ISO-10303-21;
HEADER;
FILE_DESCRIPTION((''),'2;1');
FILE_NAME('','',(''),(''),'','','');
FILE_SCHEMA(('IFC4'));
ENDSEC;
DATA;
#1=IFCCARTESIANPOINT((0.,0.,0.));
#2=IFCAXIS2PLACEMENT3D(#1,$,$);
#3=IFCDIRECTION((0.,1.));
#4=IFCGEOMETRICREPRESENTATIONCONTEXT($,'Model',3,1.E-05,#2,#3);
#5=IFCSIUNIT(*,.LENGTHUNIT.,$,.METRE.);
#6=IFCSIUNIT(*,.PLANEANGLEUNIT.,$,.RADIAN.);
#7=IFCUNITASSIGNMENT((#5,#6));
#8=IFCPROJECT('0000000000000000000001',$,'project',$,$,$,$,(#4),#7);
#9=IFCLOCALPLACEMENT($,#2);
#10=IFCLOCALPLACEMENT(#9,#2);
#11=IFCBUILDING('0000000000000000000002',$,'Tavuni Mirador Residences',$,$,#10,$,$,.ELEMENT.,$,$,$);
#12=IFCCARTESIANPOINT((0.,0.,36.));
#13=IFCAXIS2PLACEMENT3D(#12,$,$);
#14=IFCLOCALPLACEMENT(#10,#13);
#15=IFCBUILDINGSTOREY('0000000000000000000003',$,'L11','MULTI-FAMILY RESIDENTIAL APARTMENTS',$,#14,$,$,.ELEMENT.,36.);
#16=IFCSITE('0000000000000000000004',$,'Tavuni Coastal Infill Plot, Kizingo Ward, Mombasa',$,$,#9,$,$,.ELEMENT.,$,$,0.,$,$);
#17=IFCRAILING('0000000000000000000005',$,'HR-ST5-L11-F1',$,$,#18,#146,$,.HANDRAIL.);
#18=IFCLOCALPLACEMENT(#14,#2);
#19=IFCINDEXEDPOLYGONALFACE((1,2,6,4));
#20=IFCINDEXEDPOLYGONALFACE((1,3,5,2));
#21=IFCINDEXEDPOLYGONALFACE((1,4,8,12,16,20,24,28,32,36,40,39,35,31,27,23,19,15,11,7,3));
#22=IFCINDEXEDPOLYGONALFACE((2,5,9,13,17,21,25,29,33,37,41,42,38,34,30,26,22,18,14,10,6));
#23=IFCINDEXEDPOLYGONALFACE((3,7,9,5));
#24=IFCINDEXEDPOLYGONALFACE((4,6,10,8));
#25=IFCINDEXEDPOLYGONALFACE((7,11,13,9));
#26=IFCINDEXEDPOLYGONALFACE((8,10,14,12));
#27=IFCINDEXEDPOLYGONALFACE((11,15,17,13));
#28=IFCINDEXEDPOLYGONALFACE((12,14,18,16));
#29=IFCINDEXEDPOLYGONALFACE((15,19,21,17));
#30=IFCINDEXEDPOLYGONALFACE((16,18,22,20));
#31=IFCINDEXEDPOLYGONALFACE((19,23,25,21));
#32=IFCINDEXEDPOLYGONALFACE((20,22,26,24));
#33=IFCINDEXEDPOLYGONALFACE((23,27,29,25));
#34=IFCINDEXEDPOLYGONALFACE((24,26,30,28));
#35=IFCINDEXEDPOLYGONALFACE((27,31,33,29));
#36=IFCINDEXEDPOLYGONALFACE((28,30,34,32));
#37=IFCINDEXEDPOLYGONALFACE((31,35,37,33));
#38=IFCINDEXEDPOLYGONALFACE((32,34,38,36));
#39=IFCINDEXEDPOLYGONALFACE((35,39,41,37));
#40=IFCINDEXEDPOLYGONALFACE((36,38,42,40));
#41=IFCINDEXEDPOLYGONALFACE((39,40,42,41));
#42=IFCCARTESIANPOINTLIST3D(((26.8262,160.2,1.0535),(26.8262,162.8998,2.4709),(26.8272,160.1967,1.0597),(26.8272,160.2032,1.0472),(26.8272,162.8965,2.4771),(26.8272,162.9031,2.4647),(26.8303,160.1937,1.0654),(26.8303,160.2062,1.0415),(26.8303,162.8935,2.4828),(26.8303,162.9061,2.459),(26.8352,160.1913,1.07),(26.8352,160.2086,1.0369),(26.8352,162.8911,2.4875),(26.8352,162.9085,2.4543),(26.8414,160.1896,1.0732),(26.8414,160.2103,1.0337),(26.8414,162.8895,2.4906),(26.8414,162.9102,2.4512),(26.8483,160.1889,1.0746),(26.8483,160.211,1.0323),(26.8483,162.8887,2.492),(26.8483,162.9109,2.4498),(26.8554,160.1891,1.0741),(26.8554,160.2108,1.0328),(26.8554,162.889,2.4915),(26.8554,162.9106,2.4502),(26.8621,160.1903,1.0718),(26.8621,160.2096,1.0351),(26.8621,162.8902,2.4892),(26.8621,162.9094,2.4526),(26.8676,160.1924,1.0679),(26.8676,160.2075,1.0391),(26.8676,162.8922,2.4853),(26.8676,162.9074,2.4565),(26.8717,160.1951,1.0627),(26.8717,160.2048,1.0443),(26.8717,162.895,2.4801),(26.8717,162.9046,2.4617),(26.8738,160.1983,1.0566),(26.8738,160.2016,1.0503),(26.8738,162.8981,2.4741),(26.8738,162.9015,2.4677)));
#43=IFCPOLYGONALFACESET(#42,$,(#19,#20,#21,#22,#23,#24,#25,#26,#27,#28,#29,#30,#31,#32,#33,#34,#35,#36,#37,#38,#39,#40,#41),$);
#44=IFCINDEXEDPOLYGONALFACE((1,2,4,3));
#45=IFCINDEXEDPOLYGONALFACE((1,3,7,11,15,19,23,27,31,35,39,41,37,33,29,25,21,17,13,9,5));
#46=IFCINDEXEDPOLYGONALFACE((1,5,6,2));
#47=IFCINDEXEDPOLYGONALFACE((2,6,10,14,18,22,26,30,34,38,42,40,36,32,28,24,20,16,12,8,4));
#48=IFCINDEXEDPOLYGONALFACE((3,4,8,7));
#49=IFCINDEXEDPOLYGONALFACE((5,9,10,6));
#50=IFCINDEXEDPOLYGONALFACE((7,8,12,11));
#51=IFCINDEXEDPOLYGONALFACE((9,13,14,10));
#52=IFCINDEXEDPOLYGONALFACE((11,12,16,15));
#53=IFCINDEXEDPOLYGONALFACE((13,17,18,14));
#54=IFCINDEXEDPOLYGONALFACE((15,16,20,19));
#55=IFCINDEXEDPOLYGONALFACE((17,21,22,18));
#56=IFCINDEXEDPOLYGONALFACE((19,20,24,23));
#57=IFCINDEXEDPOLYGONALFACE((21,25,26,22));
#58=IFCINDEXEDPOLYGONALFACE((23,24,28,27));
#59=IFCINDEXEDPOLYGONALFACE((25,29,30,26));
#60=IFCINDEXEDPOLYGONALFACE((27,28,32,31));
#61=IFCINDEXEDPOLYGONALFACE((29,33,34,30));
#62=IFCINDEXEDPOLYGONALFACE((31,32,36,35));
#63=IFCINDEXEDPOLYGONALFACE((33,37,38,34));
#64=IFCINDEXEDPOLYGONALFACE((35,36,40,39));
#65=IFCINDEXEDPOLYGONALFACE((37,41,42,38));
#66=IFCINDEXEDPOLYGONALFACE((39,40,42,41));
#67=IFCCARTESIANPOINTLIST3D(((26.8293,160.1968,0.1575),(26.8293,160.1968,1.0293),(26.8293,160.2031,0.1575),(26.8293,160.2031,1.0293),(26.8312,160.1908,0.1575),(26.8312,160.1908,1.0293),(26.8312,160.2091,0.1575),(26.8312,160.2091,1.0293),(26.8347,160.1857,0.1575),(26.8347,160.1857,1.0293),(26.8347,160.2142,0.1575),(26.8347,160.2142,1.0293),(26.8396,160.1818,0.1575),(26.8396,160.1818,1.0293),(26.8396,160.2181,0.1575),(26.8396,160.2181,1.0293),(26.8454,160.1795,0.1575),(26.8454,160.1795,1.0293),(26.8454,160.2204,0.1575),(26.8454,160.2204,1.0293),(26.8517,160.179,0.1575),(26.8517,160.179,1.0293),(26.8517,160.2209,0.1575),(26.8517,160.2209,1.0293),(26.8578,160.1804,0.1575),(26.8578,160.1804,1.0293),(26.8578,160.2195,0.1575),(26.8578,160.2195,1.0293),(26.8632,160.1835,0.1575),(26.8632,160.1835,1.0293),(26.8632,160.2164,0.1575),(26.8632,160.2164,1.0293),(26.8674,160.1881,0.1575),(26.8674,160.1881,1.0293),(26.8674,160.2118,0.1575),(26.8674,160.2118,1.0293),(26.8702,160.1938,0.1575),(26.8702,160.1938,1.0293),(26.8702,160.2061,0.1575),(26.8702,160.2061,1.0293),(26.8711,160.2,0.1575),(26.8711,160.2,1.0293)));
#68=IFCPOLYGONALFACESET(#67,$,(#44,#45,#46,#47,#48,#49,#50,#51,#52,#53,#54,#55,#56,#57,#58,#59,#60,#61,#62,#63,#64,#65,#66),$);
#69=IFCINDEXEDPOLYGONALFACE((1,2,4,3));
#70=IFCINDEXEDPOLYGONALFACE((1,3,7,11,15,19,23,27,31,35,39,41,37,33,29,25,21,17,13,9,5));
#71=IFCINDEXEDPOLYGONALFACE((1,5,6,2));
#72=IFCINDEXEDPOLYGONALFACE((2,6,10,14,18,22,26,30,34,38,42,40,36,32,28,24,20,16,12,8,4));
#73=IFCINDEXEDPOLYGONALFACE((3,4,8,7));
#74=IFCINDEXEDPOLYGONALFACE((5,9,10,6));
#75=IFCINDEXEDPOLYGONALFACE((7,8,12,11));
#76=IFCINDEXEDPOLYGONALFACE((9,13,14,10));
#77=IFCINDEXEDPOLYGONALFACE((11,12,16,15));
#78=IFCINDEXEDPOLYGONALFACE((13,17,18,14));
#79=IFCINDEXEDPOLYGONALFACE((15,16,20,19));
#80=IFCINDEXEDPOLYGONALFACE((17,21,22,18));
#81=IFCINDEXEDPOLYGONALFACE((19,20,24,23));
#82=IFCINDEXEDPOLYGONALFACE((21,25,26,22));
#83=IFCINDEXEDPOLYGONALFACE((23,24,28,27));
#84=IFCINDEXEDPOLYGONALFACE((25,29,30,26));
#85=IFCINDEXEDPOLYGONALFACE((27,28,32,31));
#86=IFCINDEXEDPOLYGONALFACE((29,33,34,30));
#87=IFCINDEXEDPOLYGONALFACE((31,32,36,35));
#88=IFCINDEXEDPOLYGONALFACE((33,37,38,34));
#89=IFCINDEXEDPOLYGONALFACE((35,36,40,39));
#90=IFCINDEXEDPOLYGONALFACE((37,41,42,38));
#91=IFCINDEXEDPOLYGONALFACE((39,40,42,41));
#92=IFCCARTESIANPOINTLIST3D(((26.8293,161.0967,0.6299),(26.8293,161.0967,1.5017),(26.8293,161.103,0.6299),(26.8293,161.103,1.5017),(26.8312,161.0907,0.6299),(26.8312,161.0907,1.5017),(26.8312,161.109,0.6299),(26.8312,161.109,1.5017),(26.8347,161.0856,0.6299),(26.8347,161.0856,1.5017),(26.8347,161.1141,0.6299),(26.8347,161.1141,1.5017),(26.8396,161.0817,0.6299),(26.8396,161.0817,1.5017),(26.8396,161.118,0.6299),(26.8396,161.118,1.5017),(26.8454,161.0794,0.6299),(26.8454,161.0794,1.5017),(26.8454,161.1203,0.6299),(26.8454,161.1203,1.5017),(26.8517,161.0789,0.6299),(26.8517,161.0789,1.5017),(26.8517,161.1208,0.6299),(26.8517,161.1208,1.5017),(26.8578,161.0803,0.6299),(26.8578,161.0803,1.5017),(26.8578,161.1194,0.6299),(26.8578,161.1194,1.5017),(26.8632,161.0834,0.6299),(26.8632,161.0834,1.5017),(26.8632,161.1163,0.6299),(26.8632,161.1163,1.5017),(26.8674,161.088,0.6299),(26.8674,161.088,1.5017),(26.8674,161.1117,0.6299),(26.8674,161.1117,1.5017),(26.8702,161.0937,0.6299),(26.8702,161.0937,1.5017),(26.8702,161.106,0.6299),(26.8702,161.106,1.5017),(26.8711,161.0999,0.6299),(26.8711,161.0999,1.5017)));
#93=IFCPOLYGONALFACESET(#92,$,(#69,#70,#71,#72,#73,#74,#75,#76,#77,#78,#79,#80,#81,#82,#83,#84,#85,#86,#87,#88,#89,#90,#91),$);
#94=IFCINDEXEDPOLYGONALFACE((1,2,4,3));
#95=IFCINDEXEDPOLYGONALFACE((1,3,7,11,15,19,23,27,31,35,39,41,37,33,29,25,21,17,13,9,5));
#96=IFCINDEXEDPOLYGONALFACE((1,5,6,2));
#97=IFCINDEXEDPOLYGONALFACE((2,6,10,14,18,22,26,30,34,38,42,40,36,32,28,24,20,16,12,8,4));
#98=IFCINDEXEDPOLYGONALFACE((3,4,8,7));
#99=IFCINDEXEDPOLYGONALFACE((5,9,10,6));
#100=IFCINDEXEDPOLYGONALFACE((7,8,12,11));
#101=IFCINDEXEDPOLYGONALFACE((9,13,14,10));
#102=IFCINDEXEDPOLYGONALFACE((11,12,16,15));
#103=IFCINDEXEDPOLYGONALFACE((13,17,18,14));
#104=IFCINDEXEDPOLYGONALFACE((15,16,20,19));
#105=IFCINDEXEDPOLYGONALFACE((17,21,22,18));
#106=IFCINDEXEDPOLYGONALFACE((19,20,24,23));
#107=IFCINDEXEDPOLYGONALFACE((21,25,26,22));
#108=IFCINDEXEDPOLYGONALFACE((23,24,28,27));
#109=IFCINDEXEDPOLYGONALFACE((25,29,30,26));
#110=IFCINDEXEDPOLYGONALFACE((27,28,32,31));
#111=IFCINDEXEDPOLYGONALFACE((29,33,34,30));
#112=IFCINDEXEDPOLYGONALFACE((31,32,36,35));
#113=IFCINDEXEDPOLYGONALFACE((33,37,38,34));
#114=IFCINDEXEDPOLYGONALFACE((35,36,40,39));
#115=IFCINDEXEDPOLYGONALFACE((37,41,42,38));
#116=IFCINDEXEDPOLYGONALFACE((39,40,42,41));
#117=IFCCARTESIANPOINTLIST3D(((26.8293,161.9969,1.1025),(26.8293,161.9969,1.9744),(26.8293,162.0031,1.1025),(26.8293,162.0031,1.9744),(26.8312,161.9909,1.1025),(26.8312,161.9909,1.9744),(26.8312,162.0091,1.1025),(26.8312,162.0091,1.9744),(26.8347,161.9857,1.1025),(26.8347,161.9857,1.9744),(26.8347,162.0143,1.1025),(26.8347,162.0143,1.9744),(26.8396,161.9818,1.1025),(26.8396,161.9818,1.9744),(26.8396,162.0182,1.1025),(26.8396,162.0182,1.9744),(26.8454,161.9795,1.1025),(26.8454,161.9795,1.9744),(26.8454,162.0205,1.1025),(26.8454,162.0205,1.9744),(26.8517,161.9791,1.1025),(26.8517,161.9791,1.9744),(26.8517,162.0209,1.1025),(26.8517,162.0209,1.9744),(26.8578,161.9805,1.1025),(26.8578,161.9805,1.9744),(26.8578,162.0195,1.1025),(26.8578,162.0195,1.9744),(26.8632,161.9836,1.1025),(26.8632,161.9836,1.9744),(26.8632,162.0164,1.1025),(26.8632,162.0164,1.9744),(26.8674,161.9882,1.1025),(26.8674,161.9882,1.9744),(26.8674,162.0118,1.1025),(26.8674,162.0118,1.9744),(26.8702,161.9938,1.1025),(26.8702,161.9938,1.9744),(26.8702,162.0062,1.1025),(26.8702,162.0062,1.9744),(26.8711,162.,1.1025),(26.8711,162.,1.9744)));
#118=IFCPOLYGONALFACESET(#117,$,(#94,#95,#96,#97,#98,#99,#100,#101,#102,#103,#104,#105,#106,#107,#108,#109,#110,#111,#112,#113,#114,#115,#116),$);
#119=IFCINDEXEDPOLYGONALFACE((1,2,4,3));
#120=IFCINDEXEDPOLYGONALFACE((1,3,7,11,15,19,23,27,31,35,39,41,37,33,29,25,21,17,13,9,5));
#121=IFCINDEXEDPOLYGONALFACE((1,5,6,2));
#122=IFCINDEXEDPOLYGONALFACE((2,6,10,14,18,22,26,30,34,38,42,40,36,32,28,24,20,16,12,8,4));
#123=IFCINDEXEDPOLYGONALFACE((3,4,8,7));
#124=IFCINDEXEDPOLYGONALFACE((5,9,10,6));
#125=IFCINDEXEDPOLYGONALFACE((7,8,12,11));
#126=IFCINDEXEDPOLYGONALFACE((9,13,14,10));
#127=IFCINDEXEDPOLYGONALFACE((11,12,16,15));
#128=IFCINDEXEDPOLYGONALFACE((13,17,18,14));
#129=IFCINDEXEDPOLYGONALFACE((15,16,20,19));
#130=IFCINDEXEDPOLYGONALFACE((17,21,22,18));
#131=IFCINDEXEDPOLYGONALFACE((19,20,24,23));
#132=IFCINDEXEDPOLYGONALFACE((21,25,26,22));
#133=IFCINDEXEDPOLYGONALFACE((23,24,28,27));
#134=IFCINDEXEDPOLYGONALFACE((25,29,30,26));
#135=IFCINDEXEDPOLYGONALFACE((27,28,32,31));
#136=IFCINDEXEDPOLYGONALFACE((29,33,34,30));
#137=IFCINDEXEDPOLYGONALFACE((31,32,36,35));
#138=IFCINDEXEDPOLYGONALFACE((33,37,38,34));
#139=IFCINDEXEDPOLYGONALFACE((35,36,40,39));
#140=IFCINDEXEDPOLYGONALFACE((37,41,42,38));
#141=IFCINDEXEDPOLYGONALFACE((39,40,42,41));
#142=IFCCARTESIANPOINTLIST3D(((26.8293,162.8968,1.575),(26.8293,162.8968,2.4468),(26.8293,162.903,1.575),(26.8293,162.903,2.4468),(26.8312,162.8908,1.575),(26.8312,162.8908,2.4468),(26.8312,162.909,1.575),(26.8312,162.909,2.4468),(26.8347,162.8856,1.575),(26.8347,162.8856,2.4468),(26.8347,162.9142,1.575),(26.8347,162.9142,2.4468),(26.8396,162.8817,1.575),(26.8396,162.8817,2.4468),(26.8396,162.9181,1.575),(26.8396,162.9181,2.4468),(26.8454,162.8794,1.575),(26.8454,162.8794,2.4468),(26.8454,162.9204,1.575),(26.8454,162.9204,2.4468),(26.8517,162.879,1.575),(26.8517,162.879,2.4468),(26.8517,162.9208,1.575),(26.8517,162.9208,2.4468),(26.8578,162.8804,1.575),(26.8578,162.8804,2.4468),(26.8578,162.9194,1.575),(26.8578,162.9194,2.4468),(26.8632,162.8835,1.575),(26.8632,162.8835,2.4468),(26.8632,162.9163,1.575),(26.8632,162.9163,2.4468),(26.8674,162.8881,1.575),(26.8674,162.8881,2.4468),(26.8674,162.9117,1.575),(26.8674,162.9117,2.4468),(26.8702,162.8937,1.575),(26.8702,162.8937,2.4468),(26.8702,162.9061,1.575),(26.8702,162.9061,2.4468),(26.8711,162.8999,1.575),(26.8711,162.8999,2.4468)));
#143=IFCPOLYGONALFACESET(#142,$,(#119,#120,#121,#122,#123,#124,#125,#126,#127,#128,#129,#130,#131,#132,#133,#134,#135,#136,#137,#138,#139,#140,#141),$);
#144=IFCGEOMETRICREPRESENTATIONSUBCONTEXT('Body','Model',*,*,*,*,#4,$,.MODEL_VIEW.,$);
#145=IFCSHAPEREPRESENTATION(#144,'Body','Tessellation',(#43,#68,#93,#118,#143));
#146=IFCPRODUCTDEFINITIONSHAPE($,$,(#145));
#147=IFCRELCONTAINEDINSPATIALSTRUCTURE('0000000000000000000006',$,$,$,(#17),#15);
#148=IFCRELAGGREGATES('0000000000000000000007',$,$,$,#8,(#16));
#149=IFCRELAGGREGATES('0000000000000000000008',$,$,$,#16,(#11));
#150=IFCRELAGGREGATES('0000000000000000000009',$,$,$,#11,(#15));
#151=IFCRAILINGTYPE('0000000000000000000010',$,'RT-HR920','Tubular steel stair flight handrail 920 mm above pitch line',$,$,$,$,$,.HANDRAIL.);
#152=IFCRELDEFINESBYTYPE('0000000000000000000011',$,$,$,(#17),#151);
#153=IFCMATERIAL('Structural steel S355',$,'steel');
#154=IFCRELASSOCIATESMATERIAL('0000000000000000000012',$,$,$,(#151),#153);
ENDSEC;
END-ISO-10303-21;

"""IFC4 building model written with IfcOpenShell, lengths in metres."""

from ifc_helpers import new_model, si_unit, direction, frame, origin, origin_2d, place, context, subcontext, project, spatial, circle, extrude, material, type_object, element, save


model = new_model("IFC4")

# Units and contexts
model_context = context("Model", 3, precision=1e-05, world=origin(), true_north=direction((0.0, 1.0)))
body_context = subcontext(model_context, "Body", "Model", "MODEL_VIEW")
ifc_project = project(units=[si_unit("LENGTHUNIT", "METRE"), si_unit("PLANEANGLEUNIT", "RADIAN")], contexts=[model_context])

# Site, building, storey
site_placement = place(None, origin())
site = spatial("IfcSite", under=ifc_project, at=site_placement, Name="Tavuni Coastal Infill Plot, Kizingo Ward, Mombasa", CompositionType="ELEMENT", RefElevation=0.0)
building_placement = place(site_placement, origin())
building = spatial("IfcBuilding", under=site, at=building_placement, Name="Tavuni Mirador Residences", CompositionType="ELEMENT")
storey_placement = place(building_placement, frame((0.0, 0.0, 36.0)))
storey = spatial("IfcBuildingStorey", under=building, at=storey_placement, Name="L11", Description="MULTI-FAMILY RESIDENTIAL APARTMENTS", CompositionType="ELEMENT", Elevation=36.0)

# Shared definitions
ifc_material_1 = material(Name="Structural steel S355", Category="steel")

# Railing
railing_type_1 = type_object("IfcRailingType", Name="RT-HR920", Description="Tubular steel stair flight handrail 920 mm above pitch line", PredefinedType="HANDRAIL", material=ifc_material_1)
railing_1_placement = place(storey_placement, frame((26.8501, 160.2, 0.1575)))
element("IfcRailing", 1, at=railing_1_placement, inside=storey, type_object=railing_type_1, Name="HR-ST5-L11-F1", PredefinedType="HANDRAIL", context=body_context, shape_type="SweptSolid", body=[
    extrude(circle(Radius=0.0239, at=origin_2d()), frame((0.0, 0.0, 0.896), z_axis=(0.0, 0.885397, 0.464835), x_axis=(-1.0, 0.0, 0.0)), (0.0, 0.0, 1.0), 3.0493),
    extrude(circle(Radius=0.021, at=origin_2d()), origin(), (0.0, 0.0, 1.0), 0.8718),
    extrude(circle(Radius=0.021, at=origin_2d()), frame((0.0, 0.8999, 0.4724)), (0.0, 0.0, 1.0), 0.8718),
    extrude(circle(Radius=0.021, at=origin_2d()), frame((0.0, 1.8, 0.9451)), (0.0, 0.0, 1.0), 0.8718),
    extrude(circle(Radius=0.021, at=origin_2d()), frame((0.0, 2.7, 1.4175)), (0.0, 0.0, 1.0), 0.8718),
])

save(model, "model.ifc")
